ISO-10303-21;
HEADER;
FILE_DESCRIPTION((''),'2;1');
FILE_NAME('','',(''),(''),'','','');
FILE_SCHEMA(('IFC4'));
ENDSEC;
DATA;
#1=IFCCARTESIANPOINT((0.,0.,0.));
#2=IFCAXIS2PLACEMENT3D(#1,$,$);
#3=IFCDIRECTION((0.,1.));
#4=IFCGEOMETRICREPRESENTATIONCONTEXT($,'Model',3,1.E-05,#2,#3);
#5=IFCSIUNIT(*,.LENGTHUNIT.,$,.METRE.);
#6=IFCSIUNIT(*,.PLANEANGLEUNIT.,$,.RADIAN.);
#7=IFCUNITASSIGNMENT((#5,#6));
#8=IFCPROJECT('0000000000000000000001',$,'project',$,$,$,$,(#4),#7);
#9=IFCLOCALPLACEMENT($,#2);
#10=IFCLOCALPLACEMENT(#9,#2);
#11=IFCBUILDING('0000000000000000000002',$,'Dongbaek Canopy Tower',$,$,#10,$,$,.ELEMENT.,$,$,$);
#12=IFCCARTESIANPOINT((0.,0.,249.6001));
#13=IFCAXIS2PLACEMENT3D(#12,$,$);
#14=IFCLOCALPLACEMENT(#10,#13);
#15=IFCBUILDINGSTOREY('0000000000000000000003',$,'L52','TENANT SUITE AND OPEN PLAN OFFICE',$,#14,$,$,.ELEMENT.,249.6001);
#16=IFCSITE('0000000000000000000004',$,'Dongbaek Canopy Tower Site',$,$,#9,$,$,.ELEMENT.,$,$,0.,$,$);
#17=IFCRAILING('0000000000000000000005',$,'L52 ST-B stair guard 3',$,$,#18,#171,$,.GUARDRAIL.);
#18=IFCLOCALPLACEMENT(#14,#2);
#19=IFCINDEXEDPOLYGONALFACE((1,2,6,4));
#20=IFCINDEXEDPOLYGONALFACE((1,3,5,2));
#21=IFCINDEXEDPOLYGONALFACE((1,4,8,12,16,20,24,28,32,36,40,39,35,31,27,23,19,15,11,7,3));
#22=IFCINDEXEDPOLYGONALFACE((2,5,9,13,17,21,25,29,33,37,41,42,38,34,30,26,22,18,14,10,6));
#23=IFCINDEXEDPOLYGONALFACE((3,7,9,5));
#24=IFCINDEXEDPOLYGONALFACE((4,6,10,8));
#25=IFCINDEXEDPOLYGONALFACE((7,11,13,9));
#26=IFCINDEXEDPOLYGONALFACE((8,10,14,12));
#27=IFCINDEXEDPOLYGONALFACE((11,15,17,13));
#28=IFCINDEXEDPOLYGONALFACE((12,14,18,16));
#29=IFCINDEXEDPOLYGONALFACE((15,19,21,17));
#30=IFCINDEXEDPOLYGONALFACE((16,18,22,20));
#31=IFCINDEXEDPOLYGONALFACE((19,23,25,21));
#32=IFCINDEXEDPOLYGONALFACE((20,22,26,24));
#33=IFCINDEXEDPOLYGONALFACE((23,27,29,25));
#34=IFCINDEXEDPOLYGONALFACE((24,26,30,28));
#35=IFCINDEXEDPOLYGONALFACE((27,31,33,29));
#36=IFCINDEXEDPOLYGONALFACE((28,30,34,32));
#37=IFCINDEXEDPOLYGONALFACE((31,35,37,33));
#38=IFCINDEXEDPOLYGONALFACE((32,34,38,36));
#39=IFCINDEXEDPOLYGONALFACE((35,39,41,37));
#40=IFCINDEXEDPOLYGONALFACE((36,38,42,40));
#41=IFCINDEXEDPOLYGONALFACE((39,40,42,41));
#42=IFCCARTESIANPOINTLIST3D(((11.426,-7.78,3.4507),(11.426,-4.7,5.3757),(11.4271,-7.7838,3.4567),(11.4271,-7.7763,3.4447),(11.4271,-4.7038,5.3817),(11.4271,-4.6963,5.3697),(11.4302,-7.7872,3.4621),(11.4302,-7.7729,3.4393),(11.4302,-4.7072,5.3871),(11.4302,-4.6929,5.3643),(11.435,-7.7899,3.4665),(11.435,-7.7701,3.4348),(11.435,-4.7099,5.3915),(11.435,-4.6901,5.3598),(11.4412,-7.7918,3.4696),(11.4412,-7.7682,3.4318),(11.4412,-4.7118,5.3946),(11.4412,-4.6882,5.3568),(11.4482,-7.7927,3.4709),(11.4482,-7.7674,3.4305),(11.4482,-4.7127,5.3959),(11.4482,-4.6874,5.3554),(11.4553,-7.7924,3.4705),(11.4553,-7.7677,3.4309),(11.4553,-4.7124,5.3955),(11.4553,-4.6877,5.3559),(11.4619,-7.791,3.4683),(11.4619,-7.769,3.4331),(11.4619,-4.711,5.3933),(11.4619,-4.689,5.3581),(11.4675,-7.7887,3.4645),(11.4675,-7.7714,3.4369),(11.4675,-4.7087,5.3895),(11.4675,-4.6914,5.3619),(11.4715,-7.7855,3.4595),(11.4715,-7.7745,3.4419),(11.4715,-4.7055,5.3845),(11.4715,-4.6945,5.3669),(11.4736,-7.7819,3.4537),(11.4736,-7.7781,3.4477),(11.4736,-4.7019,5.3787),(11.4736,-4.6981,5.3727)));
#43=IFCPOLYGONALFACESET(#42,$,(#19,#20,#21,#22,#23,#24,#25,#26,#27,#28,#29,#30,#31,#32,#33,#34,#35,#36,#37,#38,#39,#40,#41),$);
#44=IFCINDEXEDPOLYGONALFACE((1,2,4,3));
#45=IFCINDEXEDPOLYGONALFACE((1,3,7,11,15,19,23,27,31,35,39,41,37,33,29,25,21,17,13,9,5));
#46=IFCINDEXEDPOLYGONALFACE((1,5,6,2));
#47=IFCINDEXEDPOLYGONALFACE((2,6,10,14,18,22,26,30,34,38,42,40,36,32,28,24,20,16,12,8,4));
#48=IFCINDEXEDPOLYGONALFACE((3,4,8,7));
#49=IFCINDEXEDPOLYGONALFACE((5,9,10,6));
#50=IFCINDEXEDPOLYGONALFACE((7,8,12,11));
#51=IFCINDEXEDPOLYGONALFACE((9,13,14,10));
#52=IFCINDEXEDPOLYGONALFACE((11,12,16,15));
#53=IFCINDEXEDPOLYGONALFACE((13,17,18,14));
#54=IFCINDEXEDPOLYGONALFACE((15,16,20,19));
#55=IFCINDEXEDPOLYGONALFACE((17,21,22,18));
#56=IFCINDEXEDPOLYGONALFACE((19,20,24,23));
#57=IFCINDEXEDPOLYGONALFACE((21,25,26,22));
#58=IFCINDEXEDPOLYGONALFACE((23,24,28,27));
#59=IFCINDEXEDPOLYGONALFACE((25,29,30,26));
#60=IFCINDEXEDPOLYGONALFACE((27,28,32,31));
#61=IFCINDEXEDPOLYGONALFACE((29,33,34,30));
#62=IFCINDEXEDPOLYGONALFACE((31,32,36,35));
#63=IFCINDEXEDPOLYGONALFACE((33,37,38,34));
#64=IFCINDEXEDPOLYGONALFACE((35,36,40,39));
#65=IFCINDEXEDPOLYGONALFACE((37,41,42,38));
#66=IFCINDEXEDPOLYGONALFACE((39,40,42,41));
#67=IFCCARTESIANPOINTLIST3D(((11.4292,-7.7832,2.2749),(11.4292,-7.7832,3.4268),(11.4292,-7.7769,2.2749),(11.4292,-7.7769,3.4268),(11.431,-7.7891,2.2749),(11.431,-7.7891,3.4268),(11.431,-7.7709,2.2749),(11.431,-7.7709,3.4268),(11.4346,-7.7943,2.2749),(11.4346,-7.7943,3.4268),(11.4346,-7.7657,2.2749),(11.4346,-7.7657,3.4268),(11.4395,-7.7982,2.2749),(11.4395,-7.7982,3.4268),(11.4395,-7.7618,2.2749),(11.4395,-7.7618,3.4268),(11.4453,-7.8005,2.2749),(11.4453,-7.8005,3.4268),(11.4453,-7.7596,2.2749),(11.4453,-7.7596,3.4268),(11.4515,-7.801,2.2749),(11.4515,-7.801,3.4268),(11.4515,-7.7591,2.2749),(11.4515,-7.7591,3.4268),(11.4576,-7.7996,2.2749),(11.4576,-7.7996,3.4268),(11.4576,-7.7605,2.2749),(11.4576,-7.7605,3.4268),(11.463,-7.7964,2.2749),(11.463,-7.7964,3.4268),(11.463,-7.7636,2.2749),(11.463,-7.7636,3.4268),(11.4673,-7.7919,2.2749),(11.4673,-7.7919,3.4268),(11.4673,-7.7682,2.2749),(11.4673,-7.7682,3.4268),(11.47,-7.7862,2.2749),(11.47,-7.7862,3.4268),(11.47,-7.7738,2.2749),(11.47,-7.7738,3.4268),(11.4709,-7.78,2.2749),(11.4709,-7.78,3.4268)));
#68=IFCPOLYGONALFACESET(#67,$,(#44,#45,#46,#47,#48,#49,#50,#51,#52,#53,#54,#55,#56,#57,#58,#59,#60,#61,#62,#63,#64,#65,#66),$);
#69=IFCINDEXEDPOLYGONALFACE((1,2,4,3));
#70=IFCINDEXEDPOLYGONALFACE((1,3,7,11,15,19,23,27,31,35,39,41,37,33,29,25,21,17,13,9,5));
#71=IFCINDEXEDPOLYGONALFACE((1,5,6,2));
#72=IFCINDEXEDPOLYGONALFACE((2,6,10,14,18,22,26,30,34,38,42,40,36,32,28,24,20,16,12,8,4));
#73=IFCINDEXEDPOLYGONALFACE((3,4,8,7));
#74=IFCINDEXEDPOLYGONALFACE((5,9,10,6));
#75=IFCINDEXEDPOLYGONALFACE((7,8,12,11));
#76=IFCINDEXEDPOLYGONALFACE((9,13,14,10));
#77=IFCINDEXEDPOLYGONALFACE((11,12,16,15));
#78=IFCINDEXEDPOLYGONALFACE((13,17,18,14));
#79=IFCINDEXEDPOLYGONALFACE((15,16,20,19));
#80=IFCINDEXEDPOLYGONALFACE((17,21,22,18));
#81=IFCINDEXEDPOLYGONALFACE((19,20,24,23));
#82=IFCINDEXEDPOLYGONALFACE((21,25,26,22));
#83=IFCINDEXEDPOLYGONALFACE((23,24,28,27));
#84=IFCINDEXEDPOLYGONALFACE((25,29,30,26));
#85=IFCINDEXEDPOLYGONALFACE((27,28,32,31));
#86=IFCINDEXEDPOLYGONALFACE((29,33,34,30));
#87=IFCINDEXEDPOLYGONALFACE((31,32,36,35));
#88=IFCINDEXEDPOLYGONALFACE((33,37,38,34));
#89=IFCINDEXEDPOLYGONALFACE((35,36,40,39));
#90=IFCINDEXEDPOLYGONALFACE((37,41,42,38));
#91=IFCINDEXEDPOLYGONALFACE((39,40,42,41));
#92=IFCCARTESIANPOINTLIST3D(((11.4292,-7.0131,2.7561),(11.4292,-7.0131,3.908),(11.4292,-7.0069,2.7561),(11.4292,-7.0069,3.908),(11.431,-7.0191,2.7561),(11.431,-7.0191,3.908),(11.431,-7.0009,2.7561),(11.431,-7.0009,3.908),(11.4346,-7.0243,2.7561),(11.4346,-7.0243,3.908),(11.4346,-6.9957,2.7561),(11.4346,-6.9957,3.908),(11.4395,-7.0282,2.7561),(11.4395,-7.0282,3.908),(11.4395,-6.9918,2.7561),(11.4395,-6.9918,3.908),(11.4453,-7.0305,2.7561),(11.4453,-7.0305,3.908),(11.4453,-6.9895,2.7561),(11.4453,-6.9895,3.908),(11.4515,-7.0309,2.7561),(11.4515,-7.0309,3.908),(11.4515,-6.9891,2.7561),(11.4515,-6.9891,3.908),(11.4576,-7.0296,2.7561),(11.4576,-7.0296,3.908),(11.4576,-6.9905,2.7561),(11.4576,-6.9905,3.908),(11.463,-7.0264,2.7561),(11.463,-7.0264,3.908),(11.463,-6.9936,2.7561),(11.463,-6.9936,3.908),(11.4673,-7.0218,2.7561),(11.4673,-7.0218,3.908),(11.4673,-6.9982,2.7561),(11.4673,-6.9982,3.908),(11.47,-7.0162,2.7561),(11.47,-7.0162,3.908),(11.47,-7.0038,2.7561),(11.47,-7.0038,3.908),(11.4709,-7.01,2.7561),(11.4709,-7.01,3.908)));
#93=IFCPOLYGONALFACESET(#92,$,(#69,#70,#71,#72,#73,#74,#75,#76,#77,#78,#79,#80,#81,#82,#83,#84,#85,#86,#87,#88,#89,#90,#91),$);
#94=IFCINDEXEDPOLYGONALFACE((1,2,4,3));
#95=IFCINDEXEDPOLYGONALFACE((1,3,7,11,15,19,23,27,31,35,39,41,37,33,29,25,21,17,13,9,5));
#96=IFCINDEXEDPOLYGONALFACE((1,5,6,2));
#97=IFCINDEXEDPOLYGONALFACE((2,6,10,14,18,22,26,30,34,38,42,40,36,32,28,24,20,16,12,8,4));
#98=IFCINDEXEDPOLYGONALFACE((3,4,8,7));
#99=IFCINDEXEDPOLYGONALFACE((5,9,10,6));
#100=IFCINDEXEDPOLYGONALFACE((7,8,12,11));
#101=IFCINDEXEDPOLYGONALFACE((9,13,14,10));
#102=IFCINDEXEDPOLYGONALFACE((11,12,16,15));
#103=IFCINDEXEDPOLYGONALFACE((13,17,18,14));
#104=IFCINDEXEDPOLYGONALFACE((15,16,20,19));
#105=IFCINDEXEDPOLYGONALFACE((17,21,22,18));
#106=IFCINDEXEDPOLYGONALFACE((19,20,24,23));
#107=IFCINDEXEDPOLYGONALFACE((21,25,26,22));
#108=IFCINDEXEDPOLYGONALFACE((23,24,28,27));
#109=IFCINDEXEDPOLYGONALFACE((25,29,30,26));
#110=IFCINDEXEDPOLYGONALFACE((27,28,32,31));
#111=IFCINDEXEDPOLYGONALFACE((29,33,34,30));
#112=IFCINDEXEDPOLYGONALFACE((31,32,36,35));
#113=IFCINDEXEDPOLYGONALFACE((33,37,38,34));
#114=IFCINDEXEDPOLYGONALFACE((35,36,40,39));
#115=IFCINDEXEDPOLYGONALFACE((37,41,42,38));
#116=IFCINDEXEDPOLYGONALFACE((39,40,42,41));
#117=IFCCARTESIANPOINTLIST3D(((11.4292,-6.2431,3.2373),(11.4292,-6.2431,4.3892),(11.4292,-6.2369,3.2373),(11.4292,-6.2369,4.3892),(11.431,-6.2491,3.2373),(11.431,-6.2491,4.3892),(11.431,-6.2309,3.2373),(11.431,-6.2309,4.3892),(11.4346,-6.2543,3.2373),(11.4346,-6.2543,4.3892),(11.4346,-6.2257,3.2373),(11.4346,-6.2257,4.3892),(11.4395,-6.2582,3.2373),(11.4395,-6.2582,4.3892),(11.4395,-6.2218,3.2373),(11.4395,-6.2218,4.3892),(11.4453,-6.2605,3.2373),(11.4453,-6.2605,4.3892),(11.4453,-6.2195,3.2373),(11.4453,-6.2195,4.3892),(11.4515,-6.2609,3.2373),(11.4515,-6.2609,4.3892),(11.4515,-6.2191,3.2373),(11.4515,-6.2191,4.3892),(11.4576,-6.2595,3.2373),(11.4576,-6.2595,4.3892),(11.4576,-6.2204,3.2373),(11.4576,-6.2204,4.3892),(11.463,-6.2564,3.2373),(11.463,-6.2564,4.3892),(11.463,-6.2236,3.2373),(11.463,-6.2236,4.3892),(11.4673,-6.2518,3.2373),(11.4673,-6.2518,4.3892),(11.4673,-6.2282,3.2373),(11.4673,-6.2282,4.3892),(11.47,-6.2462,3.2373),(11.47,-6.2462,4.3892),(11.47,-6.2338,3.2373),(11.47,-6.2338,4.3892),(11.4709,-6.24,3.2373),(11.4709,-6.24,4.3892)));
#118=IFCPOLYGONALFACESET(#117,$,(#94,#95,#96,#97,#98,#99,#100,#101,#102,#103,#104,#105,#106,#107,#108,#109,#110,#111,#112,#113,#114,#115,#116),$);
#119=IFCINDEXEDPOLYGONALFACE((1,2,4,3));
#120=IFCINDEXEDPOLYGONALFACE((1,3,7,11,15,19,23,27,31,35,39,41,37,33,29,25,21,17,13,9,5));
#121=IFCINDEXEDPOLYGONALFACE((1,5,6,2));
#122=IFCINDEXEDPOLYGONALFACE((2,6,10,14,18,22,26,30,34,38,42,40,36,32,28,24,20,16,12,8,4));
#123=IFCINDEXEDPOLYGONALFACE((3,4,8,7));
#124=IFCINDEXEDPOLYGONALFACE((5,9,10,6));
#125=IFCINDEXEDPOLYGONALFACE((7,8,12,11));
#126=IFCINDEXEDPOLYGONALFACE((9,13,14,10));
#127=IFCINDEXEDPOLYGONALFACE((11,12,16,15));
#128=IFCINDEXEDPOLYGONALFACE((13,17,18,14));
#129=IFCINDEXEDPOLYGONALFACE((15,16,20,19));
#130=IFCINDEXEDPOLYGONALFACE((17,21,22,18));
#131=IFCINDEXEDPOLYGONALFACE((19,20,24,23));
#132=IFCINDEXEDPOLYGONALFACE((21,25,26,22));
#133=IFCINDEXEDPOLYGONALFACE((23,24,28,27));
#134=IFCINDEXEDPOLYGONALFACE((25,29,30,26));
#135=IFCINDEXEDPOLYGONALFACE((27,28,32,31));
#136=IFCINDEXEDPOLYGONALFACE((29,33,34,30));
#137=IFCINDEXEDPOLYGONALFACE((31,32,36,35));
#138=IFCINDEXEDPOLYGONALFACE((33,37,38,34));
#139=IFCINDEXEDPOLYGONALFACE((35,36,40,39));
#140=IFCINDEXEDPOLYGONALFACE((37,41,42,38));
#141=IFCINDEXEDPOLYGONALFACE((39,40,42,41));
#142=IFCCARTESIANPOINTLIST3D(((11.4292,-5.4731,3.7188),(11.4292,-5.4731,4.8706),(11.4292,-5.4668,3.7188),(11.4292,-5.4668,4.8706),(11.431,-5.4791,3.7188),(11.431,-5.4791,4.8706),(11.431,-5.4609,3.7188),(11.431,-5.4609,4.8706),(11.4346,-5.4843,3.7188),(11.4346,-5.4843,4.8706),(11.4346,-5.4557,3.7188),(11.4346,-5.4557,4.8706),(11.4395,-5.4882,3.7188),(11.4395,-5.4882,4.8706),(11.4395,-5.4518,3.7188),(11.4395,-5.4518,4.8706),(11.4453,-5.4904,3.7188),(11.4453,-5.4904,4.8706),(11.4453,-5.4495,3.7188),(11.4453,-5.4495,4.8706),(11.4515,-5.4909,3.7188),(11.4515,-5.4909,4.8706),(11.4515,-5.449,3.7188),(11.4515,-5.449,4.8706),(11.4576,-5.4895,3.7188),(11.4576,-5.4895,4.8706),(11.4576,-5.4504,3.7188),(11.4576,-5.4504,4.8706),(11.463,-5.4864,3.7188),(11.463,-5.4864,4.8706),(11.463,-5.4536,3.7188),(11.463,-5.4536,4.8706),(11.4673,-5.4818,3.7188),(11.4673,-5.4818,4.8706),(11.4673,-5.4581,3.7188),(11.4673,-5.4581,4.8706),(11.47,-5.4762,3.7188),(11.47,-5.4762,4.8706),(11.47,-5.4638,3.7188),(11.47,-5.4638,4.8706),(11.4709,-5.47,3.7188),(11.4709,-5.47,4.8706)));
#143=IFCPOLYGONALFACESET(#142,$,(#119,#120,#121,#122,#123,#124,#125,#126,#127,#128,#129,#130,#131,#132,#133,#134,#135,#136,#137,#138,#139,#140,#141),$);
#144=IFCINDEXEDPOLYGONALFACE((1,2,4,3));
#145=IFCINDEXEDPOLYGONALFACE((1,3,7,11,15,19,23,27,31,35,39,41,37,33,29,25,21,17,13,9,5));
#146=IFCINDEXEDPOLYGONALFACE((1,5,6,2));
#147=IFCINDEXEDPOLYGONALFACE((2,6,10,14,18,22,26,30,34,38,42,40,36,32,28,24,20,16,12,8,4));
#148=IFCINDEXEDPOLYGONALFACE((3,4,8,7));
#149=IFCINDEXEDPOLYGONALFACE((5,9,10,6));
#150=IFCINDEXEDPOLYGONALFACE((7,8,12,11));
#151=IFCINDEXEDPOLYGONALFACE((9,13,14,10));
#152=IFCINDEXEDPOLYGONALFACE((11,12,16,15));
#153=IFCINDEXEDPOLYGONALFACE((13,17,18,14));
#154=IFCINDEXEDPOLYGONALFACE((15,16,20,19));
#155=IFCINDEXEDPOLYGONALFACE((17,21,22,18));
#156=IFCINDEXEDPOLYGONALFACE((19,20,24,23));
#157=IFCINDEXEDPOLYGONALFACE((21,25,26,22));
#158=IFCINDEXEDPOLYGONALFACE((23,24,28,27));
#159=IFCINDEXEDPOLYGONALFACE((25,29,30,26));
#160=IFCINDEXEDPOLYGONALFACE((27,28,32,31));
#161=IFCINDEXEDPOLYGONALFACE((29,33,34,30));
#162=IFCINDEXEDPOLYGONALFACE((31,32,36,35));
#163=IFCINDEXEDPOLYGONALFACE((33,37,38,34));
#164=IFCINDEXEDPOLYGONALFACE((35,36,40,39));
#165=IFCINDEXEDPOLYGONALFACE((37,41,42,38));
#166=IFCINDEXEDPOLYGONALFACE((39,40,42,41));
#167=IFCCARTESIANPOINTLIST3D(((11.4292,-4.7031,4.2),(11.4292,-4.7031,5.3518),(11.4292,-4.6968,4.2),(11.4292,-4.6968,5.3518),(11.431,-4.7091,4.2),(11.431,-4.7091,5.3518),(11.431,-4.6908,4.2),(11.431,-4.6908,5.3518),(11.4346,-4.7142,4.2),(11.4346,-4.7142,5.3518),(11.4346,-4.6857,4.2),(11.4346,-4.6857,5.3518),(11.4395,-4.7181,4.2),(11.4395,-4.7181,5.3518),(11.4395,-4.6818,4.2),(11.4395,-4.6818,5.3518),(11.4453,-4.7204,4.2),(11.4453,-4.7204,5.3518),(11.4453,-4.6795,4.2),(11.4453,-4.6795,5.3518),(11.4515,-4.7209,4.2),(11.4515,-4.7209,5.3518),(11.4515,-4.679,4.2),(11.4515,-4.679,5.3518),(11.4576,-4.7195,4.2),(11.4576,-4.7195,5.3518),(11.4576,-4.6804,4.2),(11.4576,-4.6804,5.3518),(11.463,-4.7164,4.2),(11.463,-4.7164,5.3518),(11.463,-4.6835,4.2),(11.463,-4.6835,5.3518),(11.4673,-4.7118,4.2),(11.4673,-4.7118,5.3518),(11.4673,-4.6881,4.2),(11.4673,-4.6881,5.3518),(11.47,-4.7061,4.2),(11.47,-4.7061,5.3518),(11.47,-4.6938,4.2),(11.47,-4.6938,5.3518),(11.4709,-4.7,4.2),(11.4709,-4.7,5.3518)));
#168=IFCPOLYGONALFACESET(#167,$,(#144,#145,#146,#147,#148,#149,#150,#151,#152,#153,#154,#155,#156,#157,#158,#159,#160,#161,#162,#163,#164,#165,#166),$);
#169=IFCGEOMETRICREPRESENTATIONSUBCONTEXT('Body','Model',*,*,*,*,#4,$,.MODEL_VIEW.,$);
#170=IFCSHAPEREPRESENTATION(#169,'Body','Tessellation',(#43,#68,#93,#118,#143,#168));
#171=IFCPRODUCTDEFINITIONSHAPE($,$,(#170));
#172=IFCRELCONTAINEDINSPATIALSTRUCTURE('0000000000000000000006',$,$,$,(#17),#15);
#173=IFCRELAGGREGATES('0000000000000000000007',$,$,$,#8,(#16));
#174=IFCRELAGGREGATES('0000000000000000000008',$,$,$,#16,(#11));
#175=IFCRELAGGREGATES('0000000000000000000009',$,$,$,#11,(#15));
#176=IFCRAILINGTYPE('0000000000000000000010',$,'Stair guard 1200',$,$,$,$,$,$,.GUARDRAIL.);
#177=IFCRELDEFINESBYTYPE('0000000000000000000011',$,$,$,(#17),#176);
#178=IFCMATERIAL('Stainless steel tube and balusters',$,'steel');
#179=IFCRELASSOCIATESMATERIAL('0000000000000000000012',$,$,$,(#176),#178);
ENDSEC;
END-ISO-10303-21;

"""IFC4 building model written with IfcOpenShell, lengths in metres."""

from ifc_helpers import new_model, si_unit, direction, frame, origin, origin_2d, place, context, subcontext, project, spatial, circle, extrude, material, type_object, element, save


model = new_model("IFC4")

# Units and contexts
model_context = context("Model", 3, precision=1e-05, world=origin(), true_north=direction((0.0, 1.0)))
body_context = subcontext(model_context, "Body", "Model", "MODEL_VIEW")
ifc_project = project(units=[si_unit("LENGTHUNIT", "METRE"), si_unit("PLANEANGLEUNIT", "RADIAN")], contexts=[model_context])

# Site, building, storey
site_placement = place(None, origin())
site = spatial("IfcSite", under=ifc_project, at=site_placement, Name="Dongbaek Canopy Tower Site", CompositionType="ELEMENT", RefElevation=0.0)
building_placement = place(site_placement, origin())
building = spatial("IfcBuilding", under=site, at=building_placement, Name="Dongbaek Canopy Tower", CompositionType="ELEMENT")
storey_placement = place(building_placement, frame((0.0, 0.0, 249.6001)))
storey = spatial("IfcBuildingStorey", under=building, at=storey_placement, Name="L52", Description="TENANT SUITE AND OPEN PLAN OFFICE", CompositionType="ELEMENT", Elevation=249.6001)

# Railing
ifc_material_1 = material(Name="Stainless steel tube and balusters", Category="steel")
railing_type_1 = type_object("IfcRailingType", Name="Stair guard 1200", PredefinedType="GUARDRAIL", material=ifc_material_1)
railing_1_placement = place(storey_placement, frame((11.45, -7.78, 2.2749)))
element("IfcRailing", 1, at=railing_1_placement, inside=storey, type_object=railing_type_1, Name="L52 ST-B stair guard 3", PredefinedType="GUARDRAIL", context=body_context, shape_type="SweptSolid", body=[
    extrude(circle(Radius=0.0239, at=origin_2d()), frame((0.0, 0.0, 1.1758), z_axis=(0.0, 0.847998, 0.529999), x_axis=(-1.0, 0.0, 0.0)), (0.0, 0.0, 1.0), 3.6321),
    extrude(circle(Radius=0.021, at=origin_2d()), origin(), (0.0, 0.0, 1.0), 1.1519),
    extrude(circle(Radius=0.021, at=origin_2d()), frame((0.0, 0.77, 0.4812)), (0.0, 0.0, 1.0), 1.1519),
    extrude(circle(Radius=0.021, at=origin_2d()), frame((0.0, 1.54, 0.9624)), (0.0, 0.0, 1.0), 1.1519),
    extrude(circle(Radius=0.021, at=origin_2d()), frame((0.0, 2.3101, 1.4438)), (0.0, 0.0, 1.0), 1.1519),
    extrude(circle(Radius=0.021, at=origin_2d()), frame((0.0, 3.0801, 1.925)), (0.0, 0.0, 1.0), 1.1519),
])

save(model, "model.ifc")
